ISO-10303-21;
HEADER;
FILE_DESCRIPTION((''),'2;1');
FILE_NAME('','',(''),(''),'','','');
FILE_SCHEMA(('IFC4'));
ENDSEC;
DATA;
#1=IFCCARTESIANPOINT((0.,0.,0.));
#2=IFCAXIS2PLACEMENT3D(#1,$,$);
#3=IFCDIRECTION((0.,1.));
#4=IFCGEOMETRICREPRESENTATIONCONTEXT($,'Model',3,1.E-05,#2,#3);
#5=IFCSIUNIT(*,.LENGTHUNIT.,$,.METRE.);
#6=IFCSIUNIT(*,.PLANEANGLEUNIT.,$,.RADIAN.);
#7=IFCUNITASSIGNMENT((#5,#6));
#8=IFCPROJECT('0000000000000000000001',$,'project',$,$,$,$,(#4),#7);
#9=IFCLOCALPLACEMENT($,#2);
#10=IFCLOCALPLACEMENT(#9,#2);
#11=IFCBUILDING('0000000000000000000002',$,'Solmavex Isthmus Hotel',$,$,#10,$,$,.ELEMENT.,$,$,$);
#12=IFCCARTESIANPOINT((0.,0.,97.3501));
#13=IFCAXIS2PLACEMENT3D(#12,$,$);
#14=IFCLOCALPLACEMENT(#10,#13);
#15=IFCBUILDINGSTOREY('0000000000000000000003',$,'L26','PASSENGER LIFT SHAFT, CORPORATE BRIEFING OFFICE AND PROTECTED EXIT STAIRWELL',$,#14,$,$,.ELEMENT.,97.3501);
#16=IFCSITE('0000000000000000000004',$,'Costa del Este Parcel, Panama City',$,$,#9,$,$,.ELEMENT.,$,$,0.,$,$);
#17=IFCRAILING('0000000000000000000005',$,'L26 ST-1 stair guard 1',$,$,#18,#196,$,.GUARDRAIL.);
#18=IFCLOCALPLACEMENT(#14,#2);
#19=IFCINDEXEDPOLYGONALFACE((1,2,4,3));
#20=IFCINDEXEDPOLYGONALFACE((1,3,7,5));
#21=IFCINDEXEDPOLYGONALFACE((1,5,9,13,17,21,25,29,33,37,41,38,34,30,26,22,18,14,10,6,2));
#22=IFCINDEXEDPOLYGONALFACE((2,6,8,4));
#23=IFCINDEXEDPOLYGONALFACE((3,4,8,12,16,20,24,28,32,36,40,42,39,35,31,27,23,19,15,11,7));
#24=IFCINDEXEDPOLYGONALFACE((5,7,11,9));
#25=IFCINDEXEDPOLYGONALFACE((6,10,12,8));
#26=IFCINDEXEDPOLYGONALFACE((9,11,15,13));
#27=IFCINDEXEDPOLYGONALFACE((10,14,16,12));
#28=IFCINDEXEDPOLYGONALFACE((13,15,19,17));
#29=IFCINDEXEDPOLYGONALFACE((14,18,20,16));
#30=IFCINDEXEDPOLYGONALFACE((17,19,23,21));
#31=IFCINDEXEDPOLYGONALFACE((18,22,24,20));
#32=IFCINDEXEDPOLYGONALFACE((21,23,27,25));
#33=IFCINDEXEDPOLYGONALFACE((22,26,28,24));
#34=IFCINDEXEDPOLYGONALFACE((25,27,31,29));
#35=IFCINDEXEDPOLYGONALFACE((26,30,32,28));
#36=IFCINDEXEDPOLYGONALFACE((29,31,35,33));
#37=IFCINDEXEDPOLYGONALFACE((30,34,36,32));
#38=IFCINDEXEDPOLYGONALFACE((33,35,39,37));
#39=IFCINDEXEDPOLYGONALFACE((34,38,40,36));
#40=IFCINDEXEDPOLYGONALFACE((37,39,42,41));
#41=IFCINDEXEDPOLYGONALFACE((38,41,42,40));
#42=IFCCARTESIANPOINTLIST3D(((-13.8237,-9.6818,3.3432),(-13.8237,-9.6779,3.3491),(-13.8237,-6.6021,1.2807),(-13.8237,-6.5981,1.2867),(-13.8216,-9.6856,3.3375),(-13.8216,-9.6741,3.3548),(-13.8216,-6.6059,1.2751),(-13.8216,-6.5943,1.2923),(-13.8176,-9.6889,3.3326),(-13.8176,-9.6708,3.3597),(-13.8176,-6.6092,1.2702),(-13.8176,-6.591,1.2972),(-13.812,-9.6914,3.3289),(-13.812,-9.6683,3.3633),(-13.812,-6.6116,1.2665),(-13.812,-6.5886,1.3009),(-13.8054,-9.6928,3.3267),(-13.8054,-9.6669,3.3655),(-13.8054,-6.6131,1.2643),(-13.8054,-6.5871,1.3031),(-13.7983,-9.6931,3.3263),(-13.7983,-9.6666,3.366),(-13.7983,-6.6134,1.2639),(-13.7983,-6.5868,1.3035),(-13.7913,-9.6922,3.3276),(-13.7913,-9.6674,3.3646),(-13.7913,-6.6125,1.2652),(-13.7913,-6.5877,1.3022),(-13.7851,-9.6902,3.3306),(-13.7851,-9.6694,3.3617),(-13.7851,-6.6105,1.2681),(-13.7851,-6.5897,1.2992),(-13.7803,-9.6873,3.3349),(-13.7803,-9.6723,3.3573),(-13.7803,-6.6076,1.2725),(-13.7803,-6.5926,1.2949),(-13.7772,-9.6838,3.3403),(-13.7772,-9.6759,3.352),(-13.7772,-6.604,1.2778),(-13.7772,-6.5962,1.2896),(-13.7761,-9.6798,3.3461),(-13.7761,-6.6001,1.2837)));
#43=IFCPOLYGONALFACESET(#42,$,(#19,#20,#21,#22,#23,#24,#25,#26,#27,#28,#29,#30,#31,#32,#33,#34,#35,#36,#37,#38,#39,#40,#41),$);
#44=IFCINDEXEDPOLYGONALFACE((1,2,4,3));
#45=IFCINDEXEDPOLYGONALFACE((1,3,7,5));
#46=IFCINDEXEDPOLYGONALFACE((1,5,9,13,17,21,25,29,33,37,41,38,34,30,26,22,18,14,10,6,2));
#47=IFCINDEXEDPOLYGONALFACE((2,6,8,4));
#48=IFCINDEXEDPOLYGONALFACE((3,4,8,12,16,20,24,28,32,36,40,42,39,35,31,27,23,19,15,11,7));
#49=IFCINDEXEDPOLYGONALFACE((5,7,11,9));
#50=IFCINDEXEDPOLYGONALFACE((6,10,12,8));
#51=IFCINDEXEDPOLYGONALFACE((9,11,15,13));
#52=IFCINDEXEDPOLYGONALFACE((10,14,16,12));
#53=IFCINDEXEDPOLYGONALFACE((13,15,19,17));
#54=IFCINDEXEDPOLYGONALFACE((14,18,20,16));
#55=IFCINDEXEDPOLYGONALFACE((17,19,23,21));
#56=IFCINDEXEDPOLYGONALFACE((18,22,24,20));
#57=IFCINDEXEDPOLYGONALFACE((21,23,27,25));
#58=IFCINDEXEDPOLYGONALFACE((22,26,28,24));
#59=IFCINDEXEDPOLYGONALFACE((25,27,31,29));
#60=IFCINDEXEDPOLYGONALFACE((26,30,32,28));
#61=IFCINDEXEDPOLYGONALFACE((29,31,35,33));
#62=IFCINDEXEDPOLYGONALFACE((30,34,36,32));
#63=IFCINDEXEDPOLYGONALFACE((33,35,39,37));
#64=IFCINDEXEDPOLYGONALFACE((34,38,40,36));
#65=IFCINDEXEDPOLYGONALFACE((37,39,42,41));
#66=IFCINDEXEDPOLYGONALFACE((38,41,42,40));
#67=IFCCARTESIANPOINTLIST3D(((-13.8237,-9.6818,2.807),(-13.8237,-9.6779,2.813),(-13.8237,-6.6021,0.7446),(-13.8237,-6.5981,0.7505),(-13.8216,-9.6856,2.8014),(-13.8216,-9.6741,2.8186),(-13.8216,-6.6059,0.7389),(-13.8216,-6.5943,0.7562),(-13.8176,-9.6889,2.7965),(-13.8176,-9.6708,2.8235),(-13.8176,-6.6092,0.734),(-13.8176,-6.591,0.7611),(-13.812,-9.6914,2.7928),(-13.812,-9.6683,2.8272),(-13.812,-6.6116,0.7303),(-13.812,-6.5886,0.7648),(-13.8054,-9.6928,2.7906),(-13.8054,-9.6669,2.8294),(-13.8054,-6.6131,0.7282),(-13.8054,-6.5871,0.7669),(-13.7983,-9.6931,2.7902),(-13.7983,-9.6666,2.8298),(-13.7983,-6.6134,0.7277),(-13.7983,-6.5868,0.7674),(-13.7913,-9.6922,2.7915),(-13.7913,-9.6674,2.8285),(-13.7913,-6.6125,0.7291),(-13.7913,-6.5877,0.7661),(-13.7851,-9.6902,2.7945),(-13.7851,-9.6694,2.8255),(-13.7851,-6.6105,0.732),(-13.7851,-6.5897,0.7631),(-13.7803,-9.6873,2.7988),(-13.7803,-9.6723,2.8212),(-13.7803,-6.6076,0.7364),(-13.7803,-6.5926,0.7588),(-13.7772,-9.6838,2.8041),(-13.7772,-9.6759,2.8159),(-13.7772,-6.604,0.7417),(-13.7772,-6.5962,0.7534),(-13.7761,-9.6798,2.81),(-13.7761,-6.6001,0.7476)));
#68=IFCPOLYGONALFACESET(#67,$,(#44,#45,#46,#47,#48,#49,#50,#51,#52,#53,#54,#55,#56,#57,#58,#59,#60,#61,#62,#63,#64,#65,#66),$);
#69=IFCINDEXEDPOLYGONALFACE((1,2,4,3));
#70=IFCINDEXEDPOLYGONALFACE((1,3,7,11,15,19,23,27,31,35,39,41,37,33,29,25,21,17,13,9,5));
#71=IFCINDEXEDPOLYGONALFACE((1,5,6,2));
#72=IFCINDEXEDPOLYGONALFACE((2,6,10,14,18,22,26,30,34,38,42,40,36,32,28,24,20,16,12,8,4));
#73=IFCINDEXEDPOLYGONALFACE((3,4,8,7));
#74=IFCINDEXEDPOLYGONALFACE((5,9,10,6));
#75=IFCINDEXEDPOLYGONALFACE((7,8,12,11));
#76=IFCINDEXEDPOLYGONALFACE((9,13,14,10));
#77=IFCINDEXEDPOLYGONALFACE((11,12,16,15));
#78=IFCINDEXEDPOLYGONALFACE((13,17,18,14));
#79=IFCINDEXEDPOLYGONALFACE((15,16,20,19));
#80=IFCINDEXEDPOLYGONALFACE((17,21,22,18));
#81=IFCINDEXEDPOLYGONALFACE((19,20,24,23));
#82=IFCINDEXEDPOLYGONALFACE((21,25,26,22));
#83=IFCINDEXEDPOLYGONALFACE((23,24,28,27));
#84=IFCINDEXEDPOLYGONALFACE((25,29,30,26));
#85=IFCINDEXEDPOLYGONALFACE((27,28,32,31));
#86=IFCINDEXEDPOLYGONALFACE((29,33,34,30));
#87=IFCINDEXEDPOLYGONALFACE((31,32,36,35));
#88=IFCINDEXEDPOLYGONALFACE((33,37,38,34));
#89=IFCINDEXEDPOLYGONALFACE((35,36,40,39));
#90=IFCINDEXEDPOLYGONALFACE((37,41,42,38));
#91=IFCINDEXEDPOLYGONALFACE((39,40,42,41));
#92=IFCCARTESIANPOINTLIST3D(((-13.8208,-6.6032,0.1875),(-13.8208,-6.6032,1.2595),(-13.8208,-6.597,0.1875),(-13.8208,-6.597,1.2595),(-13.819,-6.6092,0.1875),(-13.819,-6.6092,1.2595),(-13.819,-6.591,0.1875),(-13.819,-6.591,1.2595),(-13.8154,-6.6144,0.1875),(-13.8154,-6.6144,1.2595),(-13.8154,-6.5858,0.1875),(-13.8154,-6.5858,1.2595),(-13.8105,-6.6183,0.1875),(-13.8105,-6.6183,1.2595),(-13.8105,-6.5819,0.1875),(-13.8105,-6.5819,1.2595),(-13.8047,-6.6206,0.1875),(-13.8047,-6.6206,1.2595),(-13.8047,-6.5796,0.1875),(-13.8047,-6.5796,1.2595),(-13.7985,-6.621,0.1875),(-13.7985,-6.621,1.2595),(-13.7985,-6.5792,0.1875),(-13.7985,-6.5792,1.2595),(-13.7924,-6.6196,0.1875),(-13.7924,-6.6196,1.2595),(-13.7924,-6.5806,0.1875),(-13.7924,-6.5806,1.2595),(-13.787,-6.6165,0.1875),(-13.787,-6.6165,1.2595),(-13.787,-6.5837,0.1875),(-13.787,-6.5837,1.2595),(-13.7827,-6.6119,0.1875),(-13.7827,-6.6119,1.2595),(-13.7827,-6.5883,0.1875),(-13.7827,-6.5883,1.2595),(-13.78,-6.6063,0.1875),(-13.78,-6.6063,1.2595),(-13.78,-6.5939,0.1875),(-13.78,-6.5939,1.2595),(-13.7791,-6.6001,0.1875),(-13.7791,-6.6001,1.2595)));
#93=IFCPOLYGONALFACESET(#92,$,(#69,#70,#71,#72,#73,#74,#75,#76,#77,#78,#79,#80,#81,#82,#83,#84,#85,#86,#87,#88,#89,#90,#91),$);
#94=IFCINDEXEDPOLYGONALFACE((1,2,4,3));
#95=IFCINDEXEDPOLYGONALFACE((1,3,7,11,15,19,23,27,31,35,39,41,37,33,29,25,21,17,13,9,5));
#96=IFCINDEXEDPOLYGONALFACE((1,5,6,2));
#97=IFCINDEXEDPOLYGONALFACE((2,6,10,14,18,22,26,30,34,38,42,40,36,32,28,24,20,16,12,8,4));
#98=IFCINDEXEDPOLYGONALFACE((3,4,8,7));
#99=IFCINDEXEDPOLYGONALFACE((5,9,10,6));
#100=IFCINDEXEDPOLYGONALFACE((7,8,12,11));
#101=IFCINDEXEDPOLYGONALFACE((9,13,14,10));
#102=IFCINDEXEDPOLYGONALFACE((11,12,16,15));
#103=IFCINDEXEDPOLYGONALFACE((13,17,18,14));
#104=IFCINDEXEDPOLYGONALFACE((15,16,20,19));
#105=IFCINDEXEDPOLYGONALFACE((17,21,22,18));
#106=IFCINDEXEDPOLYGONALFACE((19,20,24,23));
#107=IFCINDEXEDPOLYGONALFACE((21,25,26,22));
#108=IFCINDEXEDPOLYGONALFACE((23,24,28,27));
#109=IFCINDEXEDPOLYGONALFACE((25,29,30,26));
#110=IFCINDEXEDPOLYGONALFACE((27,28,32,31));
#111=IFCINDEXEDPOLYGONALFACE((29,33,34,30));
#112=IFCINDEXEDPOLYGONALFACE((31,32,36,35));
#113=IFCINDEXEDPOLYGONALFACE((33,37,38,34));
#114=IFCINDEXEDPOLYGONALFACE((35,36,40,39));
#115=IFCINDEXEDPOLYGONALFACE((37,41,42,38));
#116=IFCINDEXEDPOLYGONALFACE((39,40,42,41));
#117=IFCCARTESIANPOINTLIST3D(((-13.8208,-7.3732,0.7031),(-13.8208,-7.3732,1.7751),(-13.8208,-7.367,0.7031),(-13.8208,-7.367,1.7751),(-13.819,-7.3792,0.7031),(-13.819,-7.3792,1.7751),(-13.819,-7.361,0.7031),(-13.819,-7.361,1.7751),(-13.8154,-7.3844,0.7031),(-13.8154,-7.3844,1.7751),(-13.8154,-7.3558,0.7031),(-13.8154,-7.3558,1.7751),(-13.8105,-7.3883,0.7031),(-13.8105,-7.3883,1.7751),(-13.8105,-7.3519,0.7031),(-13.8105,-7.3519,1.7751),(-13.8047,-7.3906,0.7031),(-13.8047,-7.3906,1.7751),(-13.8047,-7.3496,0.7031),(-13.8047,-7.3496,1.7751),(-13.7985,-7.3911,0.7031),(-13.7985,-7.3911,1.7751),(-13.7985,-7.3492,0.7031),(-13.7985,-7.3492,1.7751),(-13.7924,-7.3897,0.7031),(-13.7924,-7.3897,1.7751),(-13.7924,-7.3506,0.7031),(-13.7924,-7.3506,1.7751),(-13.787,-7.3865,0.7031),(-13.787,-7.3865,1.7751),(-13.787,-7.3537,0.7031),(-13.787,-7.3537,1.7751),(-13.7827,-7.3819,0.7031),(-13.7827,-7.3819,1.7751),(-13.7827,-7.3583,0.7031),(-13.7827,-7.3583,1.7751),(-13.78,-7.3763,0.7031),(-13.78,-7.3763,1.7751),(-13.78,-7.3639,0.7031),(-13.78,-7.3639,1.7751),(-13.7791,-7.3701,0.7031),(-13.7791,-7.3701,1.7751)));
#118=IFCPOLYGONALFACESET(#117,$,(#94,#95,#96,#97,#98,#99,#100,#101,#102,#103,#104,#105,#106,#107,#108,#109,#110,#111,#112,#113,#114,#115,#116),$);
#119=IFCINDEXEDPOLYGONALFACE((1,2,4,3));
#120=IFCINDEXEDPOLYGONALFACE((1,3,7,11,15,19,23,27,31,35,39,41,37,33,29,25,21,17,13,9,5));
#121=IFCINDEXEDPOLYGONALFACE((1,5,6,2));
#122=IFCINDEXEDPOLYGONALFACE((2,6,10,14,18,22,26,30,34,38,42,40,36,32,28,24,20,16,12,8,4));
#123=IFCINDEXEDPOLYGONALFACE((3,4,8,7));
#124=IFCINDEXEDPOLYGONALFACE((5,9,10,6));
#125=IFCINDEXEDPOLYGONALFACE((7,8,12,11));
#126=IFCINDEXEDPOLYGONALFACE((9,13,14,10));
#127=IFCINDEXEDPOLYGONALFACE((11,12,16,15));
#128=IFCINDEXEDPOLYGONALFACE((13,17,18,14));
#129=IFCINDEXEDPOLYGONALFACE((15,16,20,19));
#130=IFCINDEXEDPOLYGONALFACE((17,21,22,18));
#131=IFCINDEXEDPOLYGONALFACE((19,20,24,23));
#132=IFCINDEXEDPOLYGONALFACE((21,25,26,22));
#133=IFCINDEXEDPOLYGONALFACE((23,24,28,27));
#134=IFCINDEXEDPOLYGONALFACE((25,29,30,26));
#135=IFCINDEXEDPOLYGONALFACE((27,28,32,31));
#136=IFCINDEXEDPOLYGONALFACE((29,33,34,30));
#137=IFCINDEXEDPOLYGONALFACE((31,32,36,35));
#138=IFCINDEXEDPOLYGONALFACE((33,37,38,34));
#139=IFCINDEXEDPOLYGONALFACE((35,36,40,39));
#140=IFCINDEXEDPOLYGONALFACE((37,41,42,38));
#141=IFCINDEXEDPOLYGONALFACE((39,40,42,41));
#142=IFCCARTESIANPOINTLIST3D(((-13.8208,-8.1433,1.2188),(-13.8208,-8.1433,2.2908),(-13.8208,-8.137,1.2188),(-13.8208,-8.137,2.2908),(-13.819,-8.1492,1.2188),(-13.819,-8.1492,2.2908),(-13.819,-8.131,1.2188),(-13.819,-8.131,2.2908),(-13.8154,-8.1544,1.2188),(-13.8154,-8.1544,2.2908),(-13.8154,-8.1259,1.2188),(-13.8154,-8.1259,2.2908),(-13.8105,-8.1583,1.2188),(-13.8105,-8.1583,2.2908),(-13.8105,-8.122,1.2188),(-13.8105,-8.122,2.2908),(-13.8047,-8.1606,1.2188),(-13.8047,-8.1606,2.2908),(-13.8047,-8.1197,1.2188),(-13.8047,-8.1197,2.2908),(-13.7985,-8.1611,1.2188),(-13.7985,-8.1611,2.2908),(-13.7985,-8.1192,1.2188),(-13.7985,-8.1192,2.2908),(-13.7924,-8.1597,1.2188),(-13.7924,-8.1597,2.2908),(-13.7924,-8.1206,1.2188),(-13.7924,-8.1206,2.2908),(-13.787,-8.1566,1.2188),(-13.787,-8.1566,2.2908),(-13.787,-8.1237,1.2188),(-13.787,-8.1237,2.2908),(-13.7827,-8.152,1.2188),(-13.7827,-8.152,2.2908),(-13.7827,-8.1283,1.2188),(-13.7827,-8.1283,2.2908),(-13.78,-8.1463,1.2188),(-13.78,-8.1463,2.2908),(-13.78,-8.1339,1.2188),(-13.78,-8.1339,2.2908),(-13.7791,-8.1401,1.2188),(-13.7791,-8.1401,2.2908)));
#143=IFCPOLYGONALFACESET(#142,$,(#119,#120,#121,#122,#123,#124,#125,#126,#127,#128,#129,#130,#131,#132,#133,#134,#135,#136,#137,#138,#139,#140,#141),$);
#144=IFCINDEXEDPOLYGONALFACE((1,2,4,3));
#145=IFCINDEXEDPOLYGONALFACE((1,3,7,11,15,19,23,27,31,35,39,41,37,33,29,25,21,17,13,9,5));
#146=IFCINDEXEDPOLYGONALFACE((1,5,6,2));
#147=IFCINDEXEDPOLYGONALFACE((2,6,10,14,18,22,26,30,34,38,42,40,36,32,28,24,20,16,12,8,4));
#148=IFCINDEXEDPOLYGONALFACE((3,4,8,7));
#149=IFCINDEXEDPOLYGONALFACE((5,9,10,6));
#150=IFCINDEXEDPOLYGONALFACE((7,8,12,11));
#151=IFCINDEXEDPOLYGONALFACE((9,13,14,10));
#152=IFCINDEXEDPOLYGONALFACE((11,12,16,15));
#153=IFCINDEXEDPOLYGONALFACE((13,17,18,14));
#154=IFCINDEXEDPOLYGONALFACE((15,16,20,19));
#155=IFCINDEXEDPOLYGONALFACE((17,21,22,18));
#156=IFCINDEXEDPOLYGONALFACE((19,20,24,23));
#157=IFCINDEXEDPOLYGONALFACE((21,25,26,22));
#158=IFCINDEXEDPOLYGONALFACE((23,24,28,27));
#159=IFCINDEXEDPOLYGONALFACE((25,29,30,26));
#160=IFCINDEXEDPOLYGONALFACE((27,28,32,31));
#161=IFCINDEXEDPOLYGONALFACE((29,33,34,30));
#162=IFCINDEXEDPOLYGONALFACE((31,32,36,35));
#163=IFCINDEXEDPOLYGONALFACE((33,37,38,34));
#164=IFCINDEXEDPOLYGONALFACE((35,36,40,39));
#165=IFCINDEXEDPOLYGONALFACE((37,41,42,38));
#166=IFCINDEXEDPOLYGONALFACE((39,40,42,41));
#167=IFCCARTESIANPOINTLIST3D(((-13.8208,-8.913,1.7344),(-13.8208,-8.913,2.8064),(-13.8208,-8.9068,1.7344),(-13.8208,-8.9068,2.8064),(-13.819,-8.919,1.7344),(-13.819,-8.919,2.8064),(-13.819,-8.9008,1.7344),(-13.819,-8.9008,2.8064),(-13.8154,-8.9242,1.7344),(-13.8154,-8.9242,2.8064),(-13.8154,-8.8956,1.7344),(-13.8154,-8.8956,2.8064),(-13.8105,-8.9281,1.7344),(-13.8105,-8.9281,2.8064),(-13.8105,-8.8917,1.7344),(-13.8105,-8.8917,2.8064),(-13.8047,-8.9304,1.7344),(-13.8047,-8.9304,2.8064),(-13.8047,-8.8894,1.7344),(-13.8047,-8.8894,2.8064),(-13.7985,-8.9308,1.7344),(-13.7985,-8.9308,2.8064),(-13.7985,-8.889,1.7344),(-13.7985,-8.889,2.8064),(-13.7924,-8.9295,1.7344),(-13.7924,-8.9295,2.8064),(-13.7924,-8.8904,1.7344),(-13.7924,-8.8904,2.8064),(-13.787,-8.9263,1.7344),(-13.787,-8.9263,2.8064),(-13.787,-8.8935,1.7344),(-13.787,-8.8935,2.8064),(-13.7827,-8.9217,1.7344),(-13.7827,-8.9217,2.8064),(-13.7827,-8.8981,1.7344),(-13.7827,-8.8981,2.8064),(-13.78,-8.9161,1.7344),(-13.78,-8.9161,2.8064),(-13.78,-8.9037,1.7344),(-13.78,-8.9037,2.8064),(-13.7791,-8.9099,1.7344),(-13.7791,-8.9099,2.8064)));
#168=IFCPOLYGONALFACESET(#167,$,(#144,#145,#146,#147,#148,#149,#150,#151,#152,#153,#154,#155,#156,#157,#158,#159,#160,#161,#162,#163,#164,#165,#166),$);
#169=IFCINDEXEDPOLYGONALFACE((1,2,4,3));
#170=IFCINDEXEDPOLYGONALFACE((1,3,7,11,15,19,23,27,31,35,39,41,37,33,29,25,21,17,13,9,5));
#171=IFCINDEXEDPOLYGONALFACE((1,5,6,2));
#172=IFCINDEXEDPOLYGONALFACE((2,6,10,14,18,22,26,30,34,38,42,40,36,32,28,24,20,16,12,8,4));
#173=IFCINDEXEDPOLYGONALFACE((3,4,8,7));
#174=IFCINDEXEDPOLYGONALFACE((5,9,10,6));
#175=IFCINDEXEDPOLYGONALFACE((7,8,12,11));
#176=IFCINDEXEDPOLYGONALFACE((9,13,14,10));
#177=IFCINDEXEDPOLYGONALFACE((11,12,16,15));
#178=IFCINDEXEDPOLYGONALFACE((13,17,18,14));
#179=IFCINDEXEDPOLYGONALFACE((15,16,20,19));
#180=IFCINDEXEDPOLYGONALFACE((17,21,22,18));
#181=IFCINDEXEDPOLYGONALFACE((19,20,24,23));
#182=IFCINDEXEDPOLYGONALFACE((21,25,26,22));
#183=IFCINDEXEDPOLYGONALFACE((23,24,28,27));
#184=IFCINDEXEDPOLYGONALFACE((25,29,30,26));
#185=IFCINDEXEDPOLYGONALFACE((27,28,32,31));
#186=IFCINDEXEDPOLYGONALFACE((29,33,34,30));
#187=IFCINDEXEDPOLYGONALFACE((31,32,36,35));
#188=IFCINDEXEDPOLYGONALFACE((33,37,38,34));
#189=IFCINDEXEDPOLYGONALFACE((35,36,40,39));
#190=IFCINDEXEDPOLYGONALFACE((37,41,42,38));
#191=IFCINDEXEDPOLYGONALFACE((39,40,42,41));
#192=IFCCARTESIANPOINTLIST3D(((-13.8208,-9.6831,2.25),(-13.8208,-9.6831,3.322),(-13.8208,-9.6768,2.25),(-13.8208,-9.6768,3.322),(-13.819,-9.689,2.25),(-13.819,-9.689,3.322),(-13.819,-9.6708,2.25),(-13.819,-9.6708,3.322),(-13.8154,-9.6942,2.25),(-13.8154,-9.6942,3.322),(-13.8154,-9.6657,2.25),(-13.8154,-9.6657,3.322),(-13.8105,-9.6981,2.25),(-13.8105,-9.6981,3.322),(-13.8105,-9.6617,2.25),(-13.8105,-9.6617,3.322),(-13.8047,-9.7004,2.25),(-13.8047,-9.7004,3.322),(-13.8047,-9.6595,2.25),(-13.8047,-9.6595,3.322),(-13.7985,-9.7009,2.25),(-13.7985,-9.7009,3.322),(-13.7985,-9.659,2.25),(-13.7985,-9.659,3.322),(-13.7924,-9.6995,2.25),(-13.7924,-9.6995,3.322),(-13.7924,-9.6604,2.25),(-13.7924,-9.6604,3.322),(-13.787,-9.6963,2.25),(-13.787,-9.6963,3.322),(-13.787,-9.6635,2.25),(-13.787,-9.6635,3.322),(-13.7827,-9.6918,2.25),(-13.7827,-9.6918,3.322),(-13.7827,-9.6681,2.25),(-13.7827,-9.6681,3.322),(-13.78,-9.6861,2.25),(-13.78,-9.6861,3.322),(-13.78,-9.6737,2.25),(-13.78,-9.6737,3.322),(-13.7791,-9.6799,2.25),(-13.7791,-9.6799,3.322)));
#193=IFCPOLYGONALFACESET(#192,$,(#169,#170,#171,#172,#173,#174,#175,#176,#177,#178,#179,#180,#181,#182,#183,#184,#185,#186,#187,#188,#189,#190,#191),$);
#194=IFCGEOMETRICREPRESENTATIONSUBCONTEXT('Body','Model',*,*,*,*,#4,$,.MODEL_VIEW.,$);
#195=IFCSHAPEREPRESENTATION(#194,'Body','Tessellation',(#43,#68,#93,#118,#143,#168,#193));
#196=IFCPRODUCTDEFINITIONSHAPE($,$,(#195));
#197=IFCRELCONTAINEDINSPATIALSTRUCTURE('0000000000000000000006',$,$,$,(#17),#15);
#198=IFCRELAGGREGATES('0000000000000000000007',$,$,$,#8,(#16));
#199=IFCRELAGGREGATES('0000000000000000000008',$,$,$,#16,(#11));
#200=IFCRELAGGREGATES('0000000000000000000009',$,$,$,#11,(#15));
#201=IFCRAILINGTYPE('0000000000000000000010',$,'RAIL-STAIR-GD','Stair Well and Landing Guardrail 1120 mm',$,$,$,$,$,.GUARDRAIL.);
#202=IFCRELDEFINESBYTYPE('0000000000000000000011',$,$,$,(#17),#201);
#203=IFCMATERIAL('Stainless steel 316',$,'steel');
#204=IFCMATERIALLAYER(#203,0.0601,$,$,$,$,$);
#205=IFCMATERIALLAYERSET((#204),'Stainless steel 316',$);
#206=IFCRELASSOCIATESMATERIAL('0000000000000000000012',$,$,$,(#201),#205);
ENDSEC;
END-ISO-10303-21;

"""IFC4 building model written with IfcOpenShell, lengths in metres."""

from ifc_helpers import new_model, si_unit, direction, frame, origin, origin_2d, place, context, subcontext, project, spatial, circle, extrude, material, layer, layer_set, type_object, element, save


model = new_model("IFC4")

# Units and contexts
model_context = context("Model", 3, precision=1e-05, world=origin(), true_north=direction((0.0, 1.0)))
body_context = subcontext(model_context, "Body", "Model", "MODEL_VIEW")
ifc_project = project(units=[si_unit("LENGTHUNIT", "METRE"), si_unit("PLANEANGLEUNIT", "RADIAN")], contexts=[model_context])

# Site, building, storey
site_placement = place(None, origin())
site = spatial("IfcSite", under=ifc_project, at=site_placement, Name="Costa del Este Parcel, Panama City", CompositionType="ELEMENT", RefElevation=0.0)
building_placement = place(site_placement, origin())
building = spatial("IfcBuilding", under=site, at=building_placement, Name="Solmavex Isthmus Hotel", CompositionType="ELEMENT")
storey_placement = place(building_placement, frame((0.0, 0.0, 97.3501)))
storey = spatial("IfcBuildingStorey", under=building, at=storey_placement, Name="L26", Description="PASSENGER LIFT SHAFT, CORPORATE BRIEFING OFFICE AND PROTECTED EXIT STAIRWELL", CompositionType="ELEMENT", Elevation=97.3501)

# Railing
ifc_material_1 = material(Name="Stainless steel 316", Category="steel")
ifc_layer_1 = layer(ifc_material_1, 0.0601)
ifc_layer_set_1 = layer_set([ifc_layer_1], Name="Stainless steel 316")
railing_type_1 = type_object("IfcRailingType", Name="RAIL-STAIR-GD", Description="Stair Well and Landing Guardrail 1120 mm", PredefinedType="GUARDRAIL", material=ifc_layer_set_1)
railing_1_placement = place(storey_placement, frame((-13.8, -6.6001, 0.1875)))
element("IfcRailing", 1, at=railing_1_placement, inside=storey, type_object=railing_type_1, Name="L26 ST-1 stair guard 1", PredefinedType="GUARDRAIL", context=body_context, shape_type="SweptSolid", body=[
    extrude(circle(Radius=0.0239, at=origin_2d()), frame((0.0, 0.0, 1.0962), z_axis=(0.0, -0.830893, 0.556432), x_axis=(1.0, 0.0, 0.0)), (0.0, 0.0, 1.0), 3.7065),
    extrude(circle(Radius=0.0239, at=origin_2d()), frame((0.0, 0.0, 0.5601), z_axis=(0.0, -0.830893, 0.556432), x_axis=(1.0, 0.0, 0.0)), (0.0, 0.0, 1.0), 3.7065),
    extrude(circle(Radius=0.021, at=origin_2d()), origin(), (0.0, 0.0, 1.0), 1.072),
    extrude(circle(Radius=0.021, at=origin_2d()), frame((0.0, -0.77, 0.5156)), (0.0, 0.0, 1.0), 1.072),
    extrude(circle(Radius=0.021, at=origin_2d()), frame((0.0, -1.54, 1.0312)), (0.0, 0.0, 1.0), 1.072),
    extrude(circle(Radius=0.021, at=origin_2d()), frame((0.0, -2.3098, 1.5469)), (0.0, 0.0, 1.0), 1.072),
    extrude(circle(Radius=0.021, at=origin_2d()), frame((0.0, -3.0798, 2.0625)), (0.0, 0.0, 1.0), 1.072),
])

save(model, "model.ifc")
